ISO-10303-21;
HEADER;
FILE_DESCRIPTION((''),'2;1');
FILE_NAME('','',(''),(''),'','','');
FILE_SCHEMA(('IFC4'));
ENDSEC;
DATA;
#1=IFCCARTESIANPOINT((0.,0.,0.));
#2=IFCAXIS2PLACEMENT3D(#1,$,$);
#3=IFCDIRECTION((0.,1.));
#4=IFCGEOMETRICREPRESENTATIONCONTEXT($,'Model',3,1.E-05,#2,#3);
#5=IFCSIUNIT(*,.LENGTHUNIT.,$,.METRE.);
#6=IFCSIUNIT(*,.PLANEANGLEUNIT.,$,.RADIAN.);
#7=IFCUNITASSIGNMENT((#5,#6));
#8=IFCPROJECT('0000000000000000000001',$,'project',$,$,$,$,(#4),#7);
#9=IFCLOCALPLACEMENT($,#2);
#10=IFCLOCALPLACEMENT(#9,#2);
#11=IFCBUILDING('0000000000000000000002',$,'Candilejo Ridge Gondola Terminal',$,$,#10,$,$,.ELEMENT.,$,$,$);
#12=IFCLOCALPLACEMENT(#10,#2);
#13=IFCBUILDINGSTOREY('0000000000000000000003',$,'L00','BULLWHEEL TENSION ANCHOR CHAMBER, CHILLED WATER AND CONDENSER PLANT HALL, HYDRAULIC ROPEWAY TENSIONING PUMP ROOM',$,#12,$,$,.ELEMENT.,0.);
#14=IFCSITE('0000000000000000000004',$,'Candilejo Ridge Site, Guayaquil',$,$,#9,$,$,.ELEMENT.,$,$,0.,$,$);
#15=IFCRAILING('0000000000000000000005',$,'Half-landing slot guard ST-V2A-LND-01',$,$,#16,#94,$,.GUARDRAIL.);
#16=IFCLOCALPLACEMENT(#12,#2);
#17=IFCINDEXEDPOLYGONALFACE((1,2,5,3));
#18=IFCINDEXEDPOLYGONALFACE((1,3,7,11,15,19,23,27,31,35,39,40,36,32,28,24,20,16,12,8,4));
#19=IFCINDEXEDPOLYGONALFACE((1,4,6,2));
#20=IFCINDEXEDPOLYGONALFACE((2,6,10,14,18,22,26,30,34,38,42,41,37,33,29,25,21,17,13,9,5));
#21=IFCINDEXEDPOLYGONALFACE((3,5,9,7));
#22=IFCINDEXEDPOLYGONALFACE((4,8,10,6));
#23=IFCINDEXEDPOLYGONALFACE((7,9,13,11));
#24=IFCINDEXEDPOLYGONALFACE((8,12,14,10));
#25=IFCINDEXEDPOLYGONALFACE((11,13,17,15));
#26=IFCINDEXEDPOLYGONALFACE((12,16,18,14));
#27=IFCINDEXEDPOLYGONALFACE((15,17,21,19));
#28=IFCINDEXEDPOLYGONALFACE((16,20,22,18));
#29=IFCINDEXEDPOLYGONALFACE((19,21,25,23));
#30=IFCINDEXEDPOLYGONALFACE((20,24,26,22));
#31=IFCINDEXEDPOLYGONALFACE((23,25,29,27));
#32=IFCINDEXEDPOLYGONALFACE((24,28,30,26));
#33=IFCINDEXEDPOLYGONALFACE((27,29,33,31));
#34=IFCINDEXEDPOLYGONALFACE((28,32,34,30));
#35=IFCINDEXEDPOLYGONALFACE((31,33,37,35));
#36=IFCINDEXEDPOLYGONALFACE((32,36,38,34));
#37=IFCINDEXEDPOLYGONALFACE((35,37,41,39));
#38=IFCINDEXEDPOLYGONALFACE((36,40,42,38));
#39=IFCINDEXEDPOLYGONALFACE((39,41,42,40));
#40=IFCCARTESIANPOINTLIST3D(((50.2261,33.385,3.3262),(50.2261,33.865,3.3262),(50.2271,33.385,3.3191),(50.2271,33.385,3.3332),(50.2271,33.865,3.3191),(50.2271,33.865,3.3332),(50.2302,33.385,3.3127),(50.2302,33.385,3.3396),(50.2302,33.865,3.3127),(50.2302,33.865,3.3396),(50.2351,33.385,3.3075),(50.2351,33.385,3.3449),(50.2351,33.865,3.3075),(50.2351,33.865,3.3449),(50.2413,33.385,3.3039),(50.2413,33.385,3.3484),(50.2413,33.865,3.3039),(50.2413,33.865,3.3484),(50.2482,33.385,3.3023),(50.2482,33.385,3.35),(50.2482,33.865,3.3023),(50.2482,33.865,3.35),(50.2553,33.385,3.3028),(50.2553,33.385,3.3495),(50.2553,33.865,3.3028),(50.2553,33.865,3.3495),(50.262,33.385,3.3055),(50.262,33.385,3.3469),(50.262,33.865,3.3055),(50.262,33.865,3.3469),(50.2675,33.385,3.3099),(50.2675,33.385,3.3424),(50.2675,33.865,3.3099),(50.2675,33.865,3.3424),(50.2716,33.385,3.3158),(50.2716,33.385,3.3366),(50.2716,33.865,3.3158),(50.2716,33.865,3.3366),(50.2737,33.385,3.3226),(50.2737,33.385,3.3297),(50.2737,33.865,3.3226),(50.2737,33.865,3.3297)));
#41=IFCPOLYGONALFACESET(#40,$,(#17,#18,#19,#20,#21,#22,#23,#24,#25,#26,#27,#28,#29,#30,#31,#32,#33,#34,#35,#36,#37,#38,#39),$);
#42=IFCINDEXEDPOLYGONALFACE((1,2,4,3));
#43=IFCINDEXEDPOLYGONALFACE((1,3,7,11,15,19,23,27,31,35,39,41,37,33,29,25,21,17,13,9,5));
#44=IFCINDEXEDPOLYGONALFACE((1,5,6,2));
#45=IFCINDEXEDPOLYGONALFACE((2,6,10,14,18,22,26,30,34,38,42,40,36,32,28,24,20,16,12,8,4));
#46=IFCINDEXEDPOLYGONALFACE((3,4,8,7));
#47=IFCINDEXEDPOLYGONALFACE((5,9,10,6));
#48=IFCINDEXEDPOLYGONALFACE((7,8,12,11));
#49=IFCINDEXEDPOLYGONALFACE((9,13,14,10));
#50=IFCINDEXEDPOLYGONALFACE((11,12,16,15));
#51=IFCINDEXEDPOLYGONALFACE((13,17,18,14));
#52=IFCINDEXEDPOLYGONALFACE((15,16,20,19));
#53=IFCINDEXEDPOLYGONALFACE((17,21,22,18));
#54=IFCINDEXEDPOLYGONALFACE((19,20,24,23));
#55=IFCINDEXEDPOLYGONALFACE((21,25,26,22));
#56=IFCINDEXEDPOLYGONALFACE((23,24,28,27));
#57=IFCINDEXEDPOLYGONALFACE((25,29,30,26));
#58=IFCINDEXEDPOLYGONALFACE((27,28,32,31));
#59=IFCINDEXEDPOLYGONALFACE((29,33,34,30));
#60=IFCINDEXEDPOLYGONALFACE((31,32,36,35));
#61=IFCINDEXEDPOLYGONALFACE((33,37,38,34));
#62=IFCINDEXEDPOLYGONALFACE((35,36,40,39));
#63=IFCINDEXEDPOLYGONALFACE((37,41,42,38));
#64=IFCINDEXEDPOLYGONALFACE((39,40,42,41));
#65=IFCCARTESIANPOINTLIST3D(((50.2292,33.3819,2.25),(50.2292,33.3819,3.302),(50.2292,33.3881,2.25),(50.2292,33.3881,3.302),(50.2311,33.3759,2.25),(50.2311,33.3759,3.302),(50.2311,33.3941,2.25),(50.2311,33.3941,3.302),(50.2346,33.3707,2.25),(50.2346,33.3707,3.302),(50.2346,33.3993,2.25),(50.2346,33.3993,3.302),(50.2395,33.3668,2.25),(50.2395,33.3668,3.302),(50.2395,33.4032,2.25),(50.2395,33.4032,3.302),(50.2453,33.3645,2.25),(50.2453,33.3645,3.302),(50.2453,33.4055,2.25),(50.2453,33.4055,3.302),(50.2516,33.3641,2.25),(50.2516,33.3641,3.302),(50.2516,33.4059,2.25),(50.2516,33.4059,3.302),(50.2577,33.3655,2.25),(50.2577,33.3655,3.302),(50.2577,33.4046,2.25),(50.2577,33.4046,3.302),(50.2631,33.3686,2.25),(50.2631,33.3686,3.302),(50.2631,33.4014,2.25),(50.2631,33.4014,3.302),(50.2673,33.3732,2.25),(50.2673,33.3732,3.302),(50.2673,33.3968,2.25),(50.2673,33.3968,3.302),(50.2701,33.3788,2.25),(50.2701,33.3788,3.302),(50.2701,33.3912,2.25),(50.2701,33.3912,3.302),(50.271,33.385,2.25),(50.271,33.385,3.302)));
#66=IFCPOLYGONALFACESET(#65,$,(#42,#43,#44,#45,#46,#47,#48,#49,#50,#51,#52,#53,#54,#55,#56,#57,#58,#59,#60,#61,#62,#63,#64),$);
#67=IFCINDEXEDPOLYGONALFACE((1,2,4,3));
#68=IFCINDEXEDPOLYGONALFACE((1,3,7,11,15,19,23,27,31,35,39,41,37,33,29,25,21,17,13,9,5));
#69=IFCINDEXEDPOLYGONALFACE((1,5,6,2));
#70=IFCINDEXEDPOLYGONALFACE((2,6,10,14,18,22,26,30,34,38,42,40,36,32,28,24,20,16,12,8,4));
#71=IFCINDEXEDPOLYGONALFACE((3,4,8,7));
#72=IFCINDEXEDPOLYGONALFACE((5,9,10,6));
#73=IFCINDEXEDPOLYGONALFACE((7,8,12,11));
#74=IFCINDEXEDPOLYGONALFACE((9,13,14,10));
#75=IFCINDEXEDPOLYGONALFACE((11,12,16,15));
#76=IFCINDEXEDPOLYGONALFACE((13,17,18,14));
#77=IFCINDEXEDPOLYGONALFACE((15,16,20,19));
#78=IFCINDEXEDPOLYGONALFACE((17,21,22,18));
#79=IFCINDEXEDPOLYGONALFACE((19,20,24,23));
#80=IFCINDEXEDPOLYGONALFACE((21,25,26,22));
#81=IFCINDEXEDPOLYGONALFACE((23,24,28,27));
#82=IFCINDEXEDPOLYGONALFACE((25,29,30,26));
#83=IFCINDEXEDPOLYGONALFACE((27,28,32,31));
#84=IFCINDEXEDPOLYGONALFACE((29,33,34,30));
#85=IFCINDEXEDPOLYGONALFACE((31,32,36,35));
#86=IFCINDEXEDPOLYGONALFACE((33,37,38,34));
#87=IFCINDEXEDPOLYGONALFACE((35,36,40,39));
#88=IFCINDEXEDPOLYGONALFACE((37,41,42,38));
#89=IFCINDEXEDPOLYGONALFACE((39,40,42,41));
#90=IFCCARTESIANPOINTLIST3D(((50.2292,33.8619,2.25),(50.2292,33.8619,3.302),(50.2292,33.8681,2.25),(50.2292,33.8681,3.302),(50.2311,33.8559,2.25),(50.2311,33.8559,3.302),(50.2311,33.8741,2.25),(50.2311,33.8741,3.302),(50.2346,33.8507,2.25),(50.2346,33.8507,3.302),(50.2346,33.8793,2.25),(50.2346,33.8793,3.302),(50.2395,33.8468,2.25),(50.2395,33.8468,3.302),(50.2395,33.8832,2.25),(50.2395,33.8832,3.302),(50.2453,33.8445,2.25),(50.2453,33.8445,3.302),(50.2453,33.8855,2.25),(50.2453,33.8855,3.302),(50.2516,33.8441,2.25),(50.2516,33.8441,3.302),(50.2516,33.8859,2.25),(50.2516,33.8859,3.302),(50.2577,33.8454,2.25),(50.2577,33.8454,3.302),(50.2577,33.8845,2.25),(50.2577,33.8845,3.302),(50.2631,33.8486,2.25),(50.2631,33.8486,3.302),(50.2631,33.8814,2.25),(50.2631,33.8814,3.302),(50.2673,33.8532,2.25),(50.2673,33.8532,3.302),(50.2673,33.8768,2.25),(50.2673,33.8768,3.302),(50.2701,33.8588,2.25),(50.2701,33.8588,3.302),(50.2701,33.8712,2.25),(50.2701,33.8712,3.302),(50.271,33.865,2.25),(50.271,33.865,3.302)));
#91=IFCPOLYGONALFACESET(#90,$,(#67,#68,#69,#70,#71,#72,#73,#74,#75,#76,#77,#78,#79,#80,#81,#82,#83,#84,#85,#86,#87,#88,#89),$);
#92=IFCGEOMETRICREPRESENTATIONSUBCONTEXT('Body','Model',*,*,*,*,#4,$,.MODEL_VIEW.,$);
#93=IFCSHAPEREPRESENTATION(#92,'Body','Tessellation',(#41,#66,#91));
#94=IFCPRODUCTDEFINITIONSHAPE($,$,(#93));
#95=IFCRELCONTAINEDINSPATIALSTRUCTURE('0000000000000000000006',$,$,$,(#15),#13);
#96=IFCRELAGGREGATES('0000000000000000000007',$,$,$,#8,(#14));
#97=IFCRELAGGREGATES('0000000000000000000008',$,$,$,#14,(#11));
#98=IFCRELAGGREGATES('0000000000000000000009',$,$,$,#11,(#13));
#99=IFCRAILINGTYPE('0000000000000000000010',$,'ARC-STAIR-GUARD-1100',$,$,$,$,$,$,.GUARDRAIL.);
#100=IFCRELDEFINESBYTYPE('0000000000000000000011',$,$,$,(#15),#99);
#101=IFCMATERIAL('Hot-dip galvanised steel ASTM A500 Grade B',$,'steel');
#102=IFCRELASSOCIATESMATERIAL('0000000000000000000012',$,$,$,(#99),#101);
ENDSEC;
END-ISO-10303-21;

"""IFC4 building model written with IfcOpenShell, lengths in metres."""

from ifc_helpers import new_model, si_unit, direction, frame, origin, origin_2d, place, context, subcontext, project, spatial, circle, extrude, material, type_object, element, save


model = new_model("IFC4")

# Units and contexts
model_context = context("Model", 3, precision=1e-05, world=origin(), true_north=direction((0.0, 1.0)))
body_context = subcontext(model_context, "Body", "Model", "MODEL_VIEW")
ifc_project = project(units=[si_unit("LENGTHUNIT", "METRE"), si_unit("PLANEANGLEUNIT", "RADIAN")], contexts=[model_context])

# Site, building, storey
site_placement = place(None, origin())
site = spatial("IfcSite", under=ifc_project, at=site_placement, Name="Candilejo Ridge Site, Guayaquil", CompositionType="ELEMENT", RefElevation=0.0)
building_placement = place(site_placement, origin())
building = spatial("IfcBuilding", under=site, at=building_placement, Name="Candilejo Ridge Gondola Terminal", CompositionType="ELEMENT")
storey_placement = place(building_placement, origin())
storey = spatial("IfcBuildingStorey", under=building, at=storey_placement, Name="L00", Description="BULLWHEEL TENSION ANCHOR CHAMBER, CHILLED WATER AND CONDENSER PLANT HALL, HYDRAULIC ROPEWAY TENSIONING PUMP ROOM", CompositionType="ELEMENT", Elevation=0.0)

# Railing
ifc_material_1 = material(Name="Hot-dip galvanised steel ASTM A500 Grade B", Category="steel")
railing_type_1 = type_object("IfcRailingType", Name="ARC-STAIR-GUARD-1100", PredefinedType="GUARDRAIL", material=ifc_material_1)
railing_1_placement = place(storey_placement, frame((50.25, 33.385, 2.25)))
element("IfcRailing", 1, at=railing_1_placement, inside=storey, type_object=railing_type_1, Name="Half-landing slot guard ST-V2A-LND-01", PredefinedType="GUARDRAIL", context=body_context, shape_type="SweptSolid", body=[
    extrude(circle(Radius=0.0239, at=origin_2d()), frame((0.0, 0.0, 1.0762), z_axis=(0.0, 1.0, 0.0), x_axis=(-1.0, 0.0, 0.0)), (0.0, 0.0, 1.0), 0.48),
    extrude(circle(Radius=0.021, at=origin_2d()), origin(), (0.0, 0.0, 1.0), 1.052),
    extrude(circle(Radius=0.021, at=origin_2d()), frame((0.0, 0.48, 0.0)), (0.0, 0.0, 1.0), 1.052),
])

save(model, "model.ifc")
